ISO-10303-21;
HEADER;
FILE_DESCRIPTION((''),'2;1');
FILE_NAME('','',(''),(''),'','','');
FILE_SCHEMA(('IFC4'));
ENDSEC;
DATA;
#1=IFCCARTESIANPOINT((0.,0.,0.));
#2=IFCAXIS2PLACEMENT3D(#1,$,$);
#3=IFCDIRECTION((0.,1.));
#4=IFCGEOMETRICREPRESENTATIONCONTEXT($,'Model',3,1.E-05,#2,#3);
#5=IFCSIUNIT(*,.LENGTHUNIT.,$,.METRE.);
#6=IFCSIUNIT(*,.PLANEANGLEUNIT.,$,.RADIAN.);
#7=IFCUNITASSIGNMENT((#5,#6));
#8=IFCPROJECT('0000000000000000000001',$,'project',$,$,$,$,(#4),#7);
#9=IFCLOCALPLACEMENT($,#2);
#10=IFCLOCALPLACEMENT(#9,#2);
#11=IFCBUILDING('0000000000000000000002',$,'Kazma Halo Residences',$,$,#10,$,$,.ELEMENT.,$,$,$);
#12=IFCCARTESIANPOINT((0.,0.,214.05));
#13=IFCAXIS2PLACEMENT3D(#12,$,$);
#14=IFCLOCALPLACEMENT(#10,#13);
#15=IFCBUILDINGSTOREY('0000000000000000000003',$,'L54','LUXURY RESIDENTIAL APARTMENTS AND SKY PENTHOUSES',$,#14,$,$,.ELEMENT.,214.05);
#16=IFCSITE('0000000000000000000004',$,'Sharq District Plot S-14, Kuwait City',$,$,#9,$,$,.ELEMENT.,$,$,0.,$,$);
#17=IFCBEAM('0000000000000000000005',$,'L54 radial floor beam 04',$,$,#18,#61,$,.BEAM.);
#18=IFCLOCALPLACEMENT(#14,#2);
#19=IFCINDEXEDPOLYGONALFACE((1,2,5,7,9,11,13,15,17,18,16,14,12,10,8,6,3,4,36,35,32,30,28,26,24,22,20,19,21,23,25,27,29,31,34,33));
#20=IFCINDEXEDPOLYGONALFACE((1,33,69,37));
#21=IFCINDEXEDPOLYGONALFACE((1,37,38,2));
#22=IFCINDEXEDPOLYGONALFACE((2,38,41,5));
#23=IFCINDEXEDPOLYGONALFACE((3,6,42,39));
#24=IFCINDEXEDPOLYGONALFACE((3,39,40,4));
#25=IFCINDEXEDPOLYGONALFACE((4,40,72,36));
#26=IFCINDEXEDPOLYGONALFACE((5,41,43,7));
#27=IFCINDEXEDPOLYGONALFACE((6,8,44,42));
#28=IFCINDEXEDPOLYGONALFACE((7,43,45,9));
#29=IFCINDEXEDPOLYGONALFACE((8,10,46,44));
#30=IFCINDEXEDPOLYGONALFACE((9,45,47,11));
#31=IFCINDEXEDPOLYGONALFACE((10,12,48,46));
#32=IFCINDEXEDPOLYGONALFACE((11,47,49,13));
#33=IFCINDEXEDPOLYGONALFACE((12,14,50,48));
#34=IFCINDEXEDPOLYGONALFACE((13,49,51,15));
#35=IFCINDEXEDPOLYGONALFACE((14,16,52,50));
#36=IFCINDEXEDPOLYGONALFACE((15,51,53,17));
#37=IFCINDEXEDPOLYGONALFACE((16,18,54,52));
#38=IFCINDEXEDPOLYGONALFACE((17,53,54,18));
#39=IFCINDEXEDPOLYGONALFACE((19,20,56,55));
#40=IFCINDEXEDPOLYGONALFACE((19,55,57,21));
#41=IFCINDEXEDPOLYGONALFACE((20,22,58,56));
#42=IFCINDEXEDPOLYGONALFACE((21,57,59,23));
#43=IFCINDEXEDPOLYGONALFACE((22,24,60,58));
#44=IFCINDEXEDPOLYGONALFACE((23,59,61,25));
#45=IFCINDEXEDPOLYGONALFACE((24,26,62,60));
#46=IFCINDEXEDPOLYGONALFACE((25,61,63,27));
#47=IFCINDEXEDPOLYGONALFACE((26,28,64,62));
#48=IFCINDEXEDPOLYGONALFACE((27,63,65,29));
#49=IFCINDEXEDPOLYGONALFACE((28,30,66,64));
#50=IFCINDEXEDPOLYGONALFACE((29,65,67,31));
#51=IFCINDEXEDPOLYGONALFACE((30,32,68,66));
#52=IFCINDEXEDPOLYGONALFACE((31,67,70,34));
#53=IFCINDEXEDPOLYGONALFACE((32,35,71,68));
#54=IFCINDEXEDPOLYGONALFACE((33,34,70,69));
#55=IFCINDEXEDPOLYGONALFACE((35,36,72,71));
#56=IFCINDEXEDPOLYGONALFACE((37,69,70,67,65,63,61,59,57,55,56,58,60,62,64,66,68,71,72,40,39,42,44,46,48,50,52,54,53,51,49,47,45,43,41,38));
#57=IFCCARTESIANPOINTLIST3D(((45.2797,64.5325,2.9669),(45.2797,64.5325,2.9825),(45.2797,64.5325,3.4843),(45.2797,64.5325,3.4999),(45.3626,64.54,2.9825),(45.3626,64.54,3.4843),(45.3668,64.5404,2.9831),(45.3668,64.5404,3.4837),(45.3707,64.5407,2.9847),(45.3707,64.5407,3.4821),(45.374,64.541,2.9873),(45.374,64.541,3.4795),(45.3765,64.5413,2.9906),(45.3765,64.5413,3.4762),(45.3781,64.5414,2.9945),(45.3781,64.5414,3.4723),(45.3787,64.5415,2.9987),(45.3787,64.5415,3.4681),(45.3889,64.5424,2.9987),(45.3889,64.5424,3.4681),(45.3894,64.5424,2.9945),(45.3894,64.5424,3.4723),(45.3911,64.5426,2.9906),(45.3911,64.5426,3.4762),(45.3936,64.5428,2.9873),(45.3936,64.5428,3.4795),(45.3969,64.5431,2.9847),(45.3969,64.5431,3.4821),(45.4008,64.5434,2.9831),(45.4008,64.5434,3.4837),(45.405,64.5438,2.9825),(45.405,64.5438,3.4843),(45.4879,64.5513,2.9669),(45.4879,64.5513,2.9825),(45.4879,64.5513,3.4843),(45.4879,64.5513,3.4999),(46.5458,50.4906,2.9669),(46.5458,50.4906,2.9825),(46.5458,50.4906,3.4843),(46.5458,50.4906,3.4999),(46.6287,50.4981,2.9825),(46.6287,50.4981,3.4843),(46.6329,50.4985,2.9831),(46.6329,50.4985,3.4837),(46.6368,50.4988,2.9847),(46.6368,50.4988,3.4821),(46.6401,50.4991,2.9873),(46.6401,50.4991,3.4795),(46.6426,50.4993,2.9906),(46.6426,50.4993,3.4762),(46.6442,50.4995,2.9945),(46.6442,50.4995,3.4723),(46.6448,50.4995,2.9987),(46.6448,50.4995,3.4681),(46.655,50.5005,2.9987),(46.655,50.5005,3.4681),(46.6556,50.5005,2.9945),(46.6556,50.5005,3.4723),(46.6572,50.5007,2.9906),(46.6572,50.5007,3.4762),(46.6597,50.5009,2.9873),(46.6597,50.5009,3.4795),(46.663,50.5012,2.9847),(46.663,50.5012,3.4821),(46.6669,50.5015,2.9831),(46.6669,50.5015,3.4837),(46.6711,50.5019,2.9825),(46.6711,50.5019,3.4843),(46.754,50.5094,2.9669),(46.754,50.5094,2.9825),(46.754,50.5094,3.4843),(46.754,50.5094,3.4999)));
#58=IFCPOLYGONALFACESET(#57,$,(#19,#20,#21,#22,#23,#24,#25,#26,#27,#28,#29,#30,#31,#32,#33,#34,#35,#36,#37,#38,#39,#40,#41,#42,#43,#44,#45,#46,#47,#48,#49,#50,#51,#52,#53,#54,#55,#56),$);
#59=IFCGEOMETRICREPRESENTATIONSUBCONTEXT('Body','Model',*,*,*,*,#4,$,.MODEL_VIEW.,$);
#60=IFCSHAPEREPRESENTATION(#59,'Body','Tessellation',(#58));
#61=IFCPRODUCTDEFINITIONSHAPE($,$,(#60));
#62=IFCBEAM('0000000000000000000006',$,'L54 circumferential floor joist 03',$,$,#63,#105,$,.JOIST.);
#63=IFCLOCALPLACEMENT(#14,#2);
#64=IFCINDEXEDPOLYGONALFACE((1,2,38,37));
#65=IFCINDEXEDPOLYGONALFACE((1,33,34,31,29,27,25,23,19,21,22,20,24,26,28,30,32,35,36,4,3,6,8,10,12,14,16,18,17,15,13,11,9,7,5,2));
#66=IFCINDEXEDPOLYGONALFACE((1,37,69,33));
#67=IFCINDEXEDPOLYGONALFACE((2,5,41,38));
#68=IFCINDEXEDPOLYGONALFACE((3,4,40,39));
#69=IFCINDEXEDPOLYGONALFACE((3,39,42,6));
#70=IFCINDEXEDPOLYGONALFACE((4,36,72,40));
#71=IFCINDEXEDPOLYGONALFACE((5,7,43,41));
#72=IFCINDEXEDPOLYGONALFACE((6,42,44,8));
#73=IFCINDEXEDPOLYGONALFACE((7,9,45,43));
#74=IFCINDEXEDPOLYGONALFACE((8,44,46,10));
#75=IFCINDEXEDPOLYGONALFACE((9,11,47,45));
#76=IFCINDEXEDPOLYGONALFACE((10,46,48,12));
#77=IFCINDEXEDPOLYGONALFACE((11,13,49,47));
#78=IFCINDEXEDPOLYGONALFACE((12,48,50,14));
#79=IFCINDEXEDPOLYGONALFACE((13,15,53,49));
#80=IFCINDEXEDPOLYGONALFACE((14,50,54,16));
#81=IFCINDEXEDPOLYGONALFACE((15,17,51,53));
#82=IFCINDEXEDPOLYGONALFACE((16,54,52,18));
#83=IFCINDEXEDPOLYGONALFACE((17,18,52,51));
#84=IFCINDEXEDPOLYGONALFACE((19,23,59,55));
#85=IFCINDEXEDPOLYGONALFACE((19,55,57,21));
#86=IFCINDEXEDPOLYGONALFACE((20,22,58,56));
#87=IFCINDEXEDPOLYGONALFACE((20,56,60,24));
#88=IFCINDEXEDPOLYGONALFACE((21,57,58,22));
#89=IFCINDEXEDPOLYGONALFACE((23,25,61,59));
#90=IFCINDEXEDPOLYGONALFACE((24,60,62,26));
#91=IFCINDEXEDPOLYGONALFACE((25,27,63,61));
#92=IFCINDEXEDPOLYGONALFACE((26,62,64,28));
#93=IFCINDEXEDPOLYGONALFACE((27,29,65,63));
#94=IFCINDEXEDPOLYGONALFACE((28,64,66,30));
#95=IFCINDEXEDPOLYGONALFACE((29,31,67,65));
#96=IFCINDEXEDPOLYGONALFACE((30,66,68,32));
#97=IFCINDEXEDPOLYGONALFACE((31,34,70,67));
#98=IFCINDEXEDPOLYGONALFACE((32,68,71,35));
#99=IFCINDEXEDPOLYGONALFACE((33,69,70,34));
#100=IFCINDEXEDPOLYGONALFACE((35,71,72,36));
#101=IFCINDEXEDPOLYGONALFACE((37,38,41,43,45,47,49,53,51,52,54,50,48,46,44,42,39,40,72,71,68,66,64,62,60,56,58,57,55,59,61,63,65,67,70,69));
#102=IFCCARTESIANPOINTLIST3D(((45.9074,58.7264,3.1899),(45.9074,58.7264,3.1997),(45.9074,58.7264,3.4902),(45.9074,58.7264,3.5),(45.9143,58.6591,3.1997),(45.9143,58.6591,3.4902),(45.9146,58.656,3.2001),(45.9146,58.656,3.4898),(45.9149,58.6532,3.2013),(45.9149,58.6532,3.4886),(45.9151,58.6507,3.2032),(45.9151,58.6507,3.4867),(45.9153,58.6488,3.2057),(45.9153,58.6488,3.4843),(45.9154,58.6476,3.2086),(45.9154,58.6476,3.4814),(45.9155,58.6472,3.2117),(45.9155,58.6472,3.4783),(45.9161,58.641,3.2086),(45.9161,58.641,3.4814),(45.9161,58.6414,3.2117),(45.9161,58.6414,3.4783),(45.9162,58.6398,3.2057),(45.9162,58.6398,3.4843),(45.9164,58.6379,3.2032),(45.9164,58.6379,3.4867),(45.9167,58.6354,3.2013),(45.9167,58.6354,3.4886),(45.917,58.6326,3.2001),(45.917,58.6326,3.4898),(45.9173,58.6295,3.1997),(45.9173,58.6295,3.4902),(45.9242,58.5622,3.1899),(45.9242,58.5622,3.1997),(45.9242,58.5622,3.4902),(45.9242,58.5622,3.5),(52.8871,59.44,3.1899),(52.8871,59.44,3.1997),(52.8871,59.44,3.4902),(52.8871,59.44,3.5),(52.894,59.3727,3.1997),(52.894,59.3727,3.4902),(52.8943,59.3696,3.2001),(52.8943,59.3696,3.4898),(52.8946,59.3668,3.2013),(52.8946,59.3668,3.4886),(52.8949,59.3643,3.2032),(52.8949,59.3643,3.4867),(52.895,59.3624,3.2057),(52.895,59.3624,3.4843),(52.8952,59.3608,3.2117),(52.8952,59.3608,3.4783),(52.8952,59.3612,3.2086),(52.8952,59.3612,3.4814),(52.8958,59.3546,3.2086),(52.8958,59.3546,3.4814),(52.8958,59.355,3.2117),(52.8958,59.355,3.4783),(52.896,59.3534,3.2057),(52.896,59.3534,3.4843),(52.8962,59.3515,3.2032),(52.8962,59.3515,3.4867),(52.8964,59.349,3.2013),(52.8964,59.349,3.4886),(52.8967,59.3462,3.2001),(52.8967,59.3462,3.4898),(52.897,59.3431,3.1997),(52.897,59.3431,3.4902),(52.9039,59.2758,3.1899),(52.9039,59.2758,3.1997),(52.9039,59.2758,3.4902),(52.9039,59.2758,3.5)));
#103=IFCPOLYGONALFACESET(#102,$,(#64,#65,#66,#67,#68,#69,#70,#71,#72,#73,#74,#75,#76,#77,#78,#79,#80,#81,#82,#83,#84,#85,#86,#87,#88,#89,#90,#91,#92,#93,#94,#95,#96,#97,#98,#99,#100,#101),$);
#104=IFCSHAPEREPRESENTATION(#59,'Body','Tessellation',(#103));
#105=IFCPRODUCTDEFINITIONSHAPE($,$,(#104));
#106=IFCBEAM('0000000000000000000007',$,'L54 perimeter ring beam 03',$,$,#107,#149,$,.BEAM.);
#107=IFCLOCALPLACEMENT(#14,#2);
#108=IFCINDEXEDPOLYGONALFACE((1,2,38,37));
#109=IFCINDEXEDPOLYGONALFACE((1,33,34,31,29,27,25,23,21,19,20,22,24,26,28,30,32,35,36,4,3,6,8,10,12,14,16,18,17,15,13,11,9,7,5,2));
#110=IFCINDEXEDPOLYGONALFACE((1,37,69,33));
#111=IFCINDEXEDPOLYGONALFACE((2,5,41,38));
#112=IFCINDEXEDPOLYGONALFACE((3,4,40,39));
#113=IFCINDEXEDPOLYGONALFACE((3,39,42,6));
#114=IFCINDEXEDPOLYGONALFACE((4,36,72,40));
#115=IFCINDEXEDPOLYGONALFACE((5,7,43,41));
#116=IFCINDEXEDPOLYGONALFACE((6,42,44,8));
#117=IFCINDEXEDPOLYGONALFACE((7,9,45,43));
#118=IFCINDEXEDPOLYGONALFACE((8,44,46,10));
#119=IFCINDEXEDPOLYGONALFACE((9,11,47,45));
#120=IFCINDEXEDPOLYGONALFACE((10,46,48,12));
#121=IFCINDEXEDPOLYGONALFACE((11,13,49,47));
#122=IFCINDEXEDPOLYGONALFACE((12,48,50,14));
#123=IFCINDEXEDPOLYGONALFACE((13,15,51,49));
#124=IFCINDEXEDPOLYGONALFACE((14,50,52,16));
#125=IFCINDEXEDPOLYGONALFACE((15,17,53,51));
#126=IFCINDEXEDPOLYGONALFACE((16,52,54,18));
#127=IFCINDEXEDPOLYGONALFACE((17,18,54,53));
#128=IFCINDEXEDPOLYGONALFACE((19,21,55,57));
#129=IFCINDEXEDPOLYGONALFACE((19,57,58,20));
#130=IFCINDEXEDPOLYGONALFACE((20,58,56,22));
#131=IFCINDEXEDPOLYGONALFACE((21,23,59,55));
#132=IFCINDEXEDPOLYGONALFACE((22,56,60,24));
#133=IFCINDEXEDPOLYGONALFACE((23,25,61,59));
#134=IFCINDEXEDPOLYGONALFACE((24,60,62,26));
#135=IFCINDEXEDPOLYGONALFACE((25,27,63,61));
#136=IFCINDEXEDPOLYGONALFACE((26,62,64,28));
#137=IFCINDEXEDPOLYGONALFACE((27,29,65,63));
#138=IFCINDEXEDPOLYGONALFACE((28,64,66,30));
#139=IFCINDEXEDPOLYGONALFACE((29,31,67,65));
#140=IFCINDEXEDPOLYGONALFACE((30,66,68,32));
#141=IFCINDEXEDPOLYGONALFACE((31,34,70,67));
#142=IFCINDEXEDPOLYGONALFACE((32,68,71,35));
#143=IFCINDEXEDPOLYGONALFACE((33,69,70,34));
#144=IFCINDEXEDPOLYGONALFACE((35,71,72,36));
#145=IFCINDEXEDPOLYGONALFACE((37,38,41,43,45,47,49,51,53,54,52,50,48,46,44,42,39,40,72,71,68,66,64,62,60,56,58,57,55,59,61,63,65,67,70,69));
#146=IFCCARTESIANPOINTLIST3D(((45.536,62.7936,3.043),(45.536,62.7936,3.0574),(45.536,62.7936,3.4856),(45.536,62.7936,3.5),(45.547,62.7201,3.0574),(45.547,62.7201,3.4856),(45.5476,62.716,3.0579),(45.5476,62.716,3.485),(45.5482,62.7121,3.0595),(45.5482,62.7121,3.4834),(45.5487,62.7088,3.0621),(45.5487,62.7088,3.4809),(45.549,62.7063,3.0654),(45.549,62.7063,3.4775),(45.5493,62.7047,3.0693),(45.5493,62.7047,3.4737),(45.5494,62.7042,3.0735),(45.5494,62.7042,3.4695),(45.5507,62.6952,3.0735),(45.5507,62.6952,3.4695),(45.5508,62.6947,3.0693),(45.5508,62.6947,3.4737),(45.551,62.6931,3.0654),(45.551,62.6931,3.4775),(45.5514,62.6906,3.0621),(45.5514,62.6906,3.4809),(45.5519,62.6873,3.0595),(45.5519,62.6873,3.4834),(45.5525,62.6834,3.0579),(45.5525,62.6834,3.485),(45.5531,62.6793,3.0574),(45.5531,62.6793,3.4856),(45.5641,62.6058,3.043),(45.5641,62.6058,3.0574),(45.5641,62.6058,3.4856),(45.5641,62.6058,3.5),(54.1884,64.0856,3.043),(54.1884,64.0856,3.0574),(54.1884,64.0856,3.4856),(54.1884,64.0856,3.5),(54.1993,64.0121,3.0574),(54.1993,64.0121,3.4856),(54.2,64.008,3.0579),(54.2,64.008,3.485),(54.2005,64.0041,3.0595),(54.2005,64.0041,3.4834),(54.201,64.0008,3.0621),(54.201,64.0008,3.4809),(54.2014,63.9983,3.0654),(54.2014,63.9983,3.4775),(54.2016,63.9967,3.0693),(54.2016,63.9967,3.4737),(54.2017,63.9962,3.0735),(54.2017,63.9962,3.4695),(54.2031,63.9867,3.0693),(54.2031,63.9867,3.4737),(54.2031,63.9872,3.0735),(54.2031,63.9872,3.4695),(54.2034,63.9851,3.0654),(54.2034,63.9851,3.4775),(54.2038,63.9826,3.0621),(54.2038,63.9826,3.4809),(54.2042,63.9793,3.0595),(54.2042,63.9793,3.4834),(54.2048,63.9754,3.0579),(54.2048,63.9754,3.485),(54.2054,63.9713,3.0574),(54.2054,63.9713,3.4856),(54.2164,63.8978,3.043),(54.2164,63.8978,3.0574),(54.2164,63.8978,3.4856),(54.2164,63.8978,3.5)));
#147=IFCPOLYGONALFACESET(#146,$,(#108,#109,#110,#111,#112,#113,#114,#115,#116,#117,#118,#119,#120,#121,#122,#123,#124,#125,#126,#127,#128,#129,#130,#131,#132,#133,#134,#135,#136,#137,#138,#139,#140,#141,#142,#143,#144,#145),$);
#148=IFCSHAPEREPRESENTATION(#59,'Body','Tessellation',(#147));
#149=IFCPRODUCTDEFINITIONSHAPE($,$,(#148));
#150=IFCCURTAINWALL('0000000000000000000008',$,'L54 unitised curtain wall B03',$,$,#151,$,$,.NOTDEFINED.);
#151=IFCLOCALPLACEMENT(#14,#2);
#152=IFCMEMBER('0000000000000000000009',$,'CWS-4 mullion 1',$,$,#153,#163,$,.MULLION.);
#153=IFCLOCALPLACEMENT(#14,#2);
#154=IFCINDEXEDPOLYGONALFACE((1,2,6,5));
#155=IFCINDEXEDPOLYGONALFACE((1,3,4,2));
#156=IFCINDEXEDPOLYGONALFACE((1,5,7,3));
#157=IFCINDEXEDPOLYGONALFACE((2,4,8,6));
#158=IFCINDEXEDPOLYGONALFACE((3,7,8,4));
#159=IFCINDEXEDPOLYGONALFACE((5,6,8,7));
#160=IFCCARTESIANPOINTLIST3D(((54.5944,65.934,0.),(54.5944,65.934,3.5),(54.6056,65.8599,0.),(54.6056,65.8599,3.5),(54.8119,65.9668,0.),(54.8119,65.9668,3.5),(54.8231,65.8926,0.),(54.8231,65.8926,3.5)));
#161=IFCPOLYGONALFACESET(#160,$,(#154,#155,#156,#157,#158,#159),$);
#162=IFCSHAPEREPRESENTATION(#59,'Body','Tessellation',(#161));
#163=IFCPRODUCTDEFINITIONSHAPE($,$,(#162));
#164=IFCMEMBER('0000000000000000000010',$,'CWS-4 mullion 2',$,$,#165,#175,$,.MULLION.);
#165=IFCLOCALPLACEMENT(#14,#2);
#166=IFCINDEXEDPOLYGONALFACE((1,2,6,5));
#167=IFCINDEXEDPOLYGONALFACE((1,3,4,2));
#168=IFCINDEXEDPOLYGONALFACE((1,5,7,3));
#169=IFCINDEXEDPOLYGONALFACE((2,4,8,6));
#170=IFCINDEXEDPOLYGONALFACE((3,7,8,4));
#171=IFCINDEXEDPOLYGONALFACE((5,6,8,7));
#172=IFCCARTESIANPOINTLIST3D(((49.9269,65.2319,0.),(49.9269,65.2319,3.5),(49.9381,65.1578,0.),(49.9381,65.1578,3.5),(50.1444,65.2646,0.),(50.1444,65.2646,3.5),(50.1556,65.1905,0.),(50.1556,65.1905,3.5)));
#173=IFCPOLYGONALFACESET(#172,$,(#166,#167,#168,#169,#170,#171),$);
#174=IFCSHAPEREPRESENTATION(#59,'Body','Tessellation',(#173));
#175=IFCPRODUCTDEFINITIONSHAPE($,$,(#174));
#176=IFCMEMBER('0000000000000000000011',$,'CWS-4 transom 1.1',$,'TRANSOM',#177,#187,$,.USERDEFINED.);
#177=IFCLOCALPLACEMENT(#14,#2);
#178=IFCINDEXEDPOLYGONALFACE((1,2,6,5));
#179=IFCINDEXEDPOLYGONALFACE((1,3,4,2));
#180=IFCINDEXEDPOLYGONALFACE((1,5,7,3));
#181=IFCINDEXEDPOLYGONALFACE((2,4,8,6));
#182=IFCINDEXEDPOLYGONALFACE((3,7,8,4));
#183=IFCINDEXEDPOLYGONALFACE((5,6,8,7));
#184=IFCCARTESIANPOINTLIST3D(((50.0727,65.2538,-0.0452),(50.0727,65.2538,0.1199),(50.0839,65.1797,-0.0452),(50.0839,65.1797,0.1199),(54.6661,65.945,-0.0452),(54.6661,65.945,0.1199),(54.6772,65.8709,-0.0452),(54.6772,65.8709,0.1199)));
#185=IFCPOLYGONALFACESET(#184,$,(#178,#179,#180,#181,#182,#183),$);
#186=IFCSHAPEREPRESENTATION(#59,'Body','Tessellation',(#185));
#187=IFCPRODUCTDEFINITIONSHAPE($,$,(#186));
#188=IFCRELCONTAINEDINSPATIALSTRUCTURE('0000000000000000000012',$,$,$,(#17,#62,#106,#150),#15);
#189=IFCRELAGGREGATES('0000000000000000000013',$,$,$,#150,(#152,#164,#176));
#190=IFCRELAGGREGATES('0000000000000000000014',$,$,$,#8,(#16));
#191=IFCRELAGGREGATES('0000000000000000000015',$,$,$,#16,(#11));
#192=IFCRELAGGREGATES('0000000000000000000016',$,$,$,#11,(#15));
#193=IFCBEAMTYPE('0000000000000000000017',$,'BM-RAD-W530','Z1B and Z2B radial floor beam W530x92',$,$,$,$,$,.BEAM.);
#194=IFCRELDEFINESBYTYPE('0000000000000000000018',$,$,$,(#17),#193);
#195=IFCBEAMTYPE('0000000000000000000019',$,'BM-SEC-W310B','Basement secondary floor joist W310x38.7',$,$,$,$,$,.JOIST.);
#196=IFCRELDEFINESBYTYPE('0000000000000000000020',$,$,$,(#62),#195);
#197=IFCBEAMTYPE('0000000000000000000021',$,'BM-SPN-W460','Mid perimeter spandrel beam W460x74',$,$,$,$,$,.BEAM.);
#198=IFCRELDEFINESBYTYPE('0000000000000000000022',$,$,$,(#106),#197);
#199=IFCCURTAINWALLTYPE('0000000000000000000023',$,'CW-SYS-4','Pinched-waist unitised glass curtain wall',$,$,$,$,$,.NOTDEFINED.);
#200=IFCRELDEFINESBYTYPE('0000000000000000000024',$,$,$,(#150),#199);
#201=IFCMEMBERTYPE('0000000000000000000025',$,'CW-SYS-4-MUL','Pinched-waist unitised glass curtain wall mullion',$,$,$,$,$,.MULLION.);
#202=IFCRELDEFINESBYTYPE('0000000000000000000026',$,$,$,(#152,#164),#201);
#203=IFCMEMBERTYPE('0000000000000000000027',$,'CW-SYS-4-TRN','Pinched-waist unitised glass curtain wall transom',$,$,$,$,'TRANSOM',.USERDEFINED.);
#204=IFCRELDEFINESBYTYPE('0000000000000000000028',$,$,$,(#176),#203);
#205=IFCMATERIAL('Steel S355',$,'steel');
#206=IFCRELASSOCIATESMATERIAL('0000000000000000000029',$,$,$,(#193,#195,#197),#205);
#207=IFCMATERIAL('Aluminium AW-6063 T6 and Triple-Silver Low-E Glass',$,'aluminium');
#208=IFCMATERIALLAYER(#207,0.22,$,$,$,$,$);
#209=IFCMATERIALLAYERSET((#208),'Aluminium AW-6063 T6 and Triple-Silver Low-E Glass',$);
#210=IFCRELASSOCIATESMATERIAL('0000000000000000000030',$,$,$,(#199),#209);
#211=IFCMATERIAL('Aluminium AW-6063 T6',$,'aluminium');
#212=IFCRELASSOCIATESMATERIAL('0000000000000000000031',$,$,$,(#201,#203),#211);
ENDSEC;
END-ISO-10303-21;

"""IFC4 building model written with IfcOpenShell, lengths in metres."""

from ifc_helpers import new_model, si_unit, direction, frame, origin, origin_2d, place, context, subcontext, project, spatial, rectangle, i_section, extrude, material, layer, layer_set, material_profile, profile_set, type_object, element, aggregate, save


model = new_model("IFC4")

# Units and contexts
model_context = context("Model", 3, precision=1e-05, world=origin(), true_north=direction((0.0, 1.0)))
body_context = subcontext(model_context, "Body", "Model", "MODEL_VIEW")
ifc_project = project(units=[si_unit("LENGTHUNIT", "METRE"), si_unit("PLANEANGLEUNIT", "RADIAN")], contexts=[model_context])

# Site, building, storey
site_placement = place(None, origin())
site = spatial("IfcSite", under=ifc_project, at=site_placement, Name="Sharq District Plot S-14, Kuwait City", CompositionType="ELEMENT", RefElevation=0.0)
building_placement = place(site_placement, origin())
building = spatial("IfcBuilding", under=site, at=building_placement, Name="Kazma Halo Residences", CompositionType="ELEMENT")
storey_placement = place(building_placement, frame((0.0, 0.0, 214.05)))
storey = spatial("IfcBuildingStorey", under=building, at=storey_placement, Name="L54", Description="LUXURY RESIDENTIAL APARTMENTS AND SKY PENTHOUSES", CompositionType="ELEMENT", Elevation=214.05)

# Beams
ifc_material_1 = material(Name="Steel S355", Category="steel")
ifc_material_profile_1 = material_profile(ifc_material_1, i_section(OverallWidth=0.209, OverallDepth=0.533, WebThickness=0.0103, FlangeThickness=0.0156, FilletRadius=0.0161, at=origin_2d()), Name="W530x92")
ifc_profile_set_1 = profile_set([ifc_material_profile_1], Name="Steel S355")
beam_type_1 = type_object("IfcBeamType", Name="BM-RAD-W530", Description="Z1B and Z2B radial floor beam W530x92", PredefinedType="BEAM", material=ifc_profile_set_1)
beam_1_placement = place(storey_placement, frame((46.6499, 50.5, 3.2334), z_axis=(-0.089802, 0.99596, 0.0), x_axis=(-0.99596, -0.089802, 0.0)))
element("IfcBeam", 1, at=beam_1_placement, inside=storey, type_object=beam_type_1, Name="L54 radial floor beam 04", PredefinedType="BEAM", context=body_context, shape_type="SweptSolid", body=[
    extrude(i_section(OverallWidth=0.209, OverallDepth=0.533, WebThickness=0.0103, FlangeThickness=0.0156, FilletRadius=0.0161, at=origin_2d()), origin(), (0.0, 0.0, 1.0), 14.0989),
])
ifc_material_profile_2 = material_profile(ifc_material_1, i_section(OverallWidth=0.165, OverallDepth=0.3101, WebThickness=0.0059, FlangeThickness=0.0098, FilletRadius=0.012, at=origin_2d()), Name="W310x38.7")
ifc_profile_set_2 = profile_set([ifc_material_profile_2], Name="Steel S355")
beam_type_2 = type_object("IfcBeamType", Name="BM-SEC-W310B", Description="Basement secondary floor joist W310x38.7", PredefinedType="JOIST", material=ifc_profile_set_2)
beam_2_placement = place(storey_placement, frame((52.8955, 59.3579, 3.345), z_axis=(-0.994814, -0.101712, 0.0), x_axis=(0.101712, -0.994814, 0.0)))
element("IfcBeam", 2, at=beam_2_placement, inside=storey, type_object=beam_type_2, Name="L54 circumferential floor joist 03", PredefinedType="JOIST", context=body_context, shape_type="SweptSolid", body=[
    extrude(i_section(OverallWidth=0.165, OverallDepth=0.3101, WebThickness=0.0059, FlangeThickness=0.0098, FilletRadius=0.012, at=origin_2d()), origin(), (0.0, 0.0, 1.0), 7.0161),
])
ifc_material_profile_3 = material_profile(ifc_material_1, i_section(OverallWidth=0.1899, OverallDepth=0.457, WebThickness=0.009, FlangeThickness=0.0144, FilletRadius=0.0161, at=origin_2d()), Name="W460x74")
ifc_profile_set_3 = profile_set([ifc_material_profile_3], Name="Steel S355")
beam_type_3 = type_object("IfcBeamType", Name="BM-SPN-W460", Description="Mid perimeter spandrel beam W460x74", PredefinedType="BEAM", material=ifc_profile_set_3)
beam_3_placement = place(storey_placement, frame((54.2024, 63.9917, 3.2715), z_axis=(-0.989034, -0.147685, 0.0), x_axis=(0.147685, -0.989034, 0.0)))
element("IfcBeam", 3, at=beam_3_placement, inside=storey, type_object=beam_type_3, Name="L54 perimeter ring beam 03", PredefinedType="BEAM", context=body_context, shape_type="SweptSolid", body=[
    extrude(i_section(OverallWidth=0.1899, OverallDepth=0.457, WebThickness=0.009, FlangeThickness=0.0144, FilletRadius=0.0161, at=origin_2d()), origin(), (0.0, 0.0, 1.0), 8.7483),
])

# Curtain wall, members
ifc_material_2 = material(Name="Aluminium AW-6063 T6 and Triple-Silver Low-E Glass", Category="aluminium")
ifc_layer_1 = layer(ifc_material_2, 0.22)
ifc_layer_set_1 = layer_set([ifc_layer_1], Name="Aluminium AW-6063 T6 and Triple-Silver Low-E Glass")
curtain_wall_type = type_object("IfcCurtainWallType", Name="CW-SYS-4", Description="Pinched-waist unitised glass curtain wall", PredefinedType="NOTDEFINED", material=ifc_layer_set_1)
curtain_wall_placement = place(storey_placement, origin())
curtain_wall = element("IfcCurtainWall", 4, at=curtain_wall_placement, inside=storey, type_object=curtain_wall_type, Name="L54 unitised curtain wall B03", PredefinedType="NOTDEFINED")
ifc_material_3 = material(Name="Aluminium AW-6063 T6", Category="aluminium")
ifc_material_profile_4 = material_profile(ifc_material_3, rectangle(XDim=0.075, YDim=0.22, at=origin_2d()), Name="CWM-75x220")
ifc_profile_set_4 = profile_set([ifc_material_profile_4], Name="Aluminium AW-6063 T6")
member_type_1 = type_object("IfcMemberType", Name="CW-SYS-4-MUL", Description="Pinched-waist unitised glass curtain wall mullion", PredefinedType="MULLION", material=ifc_profile_set_4)
member_1_placement = place(storey_placement, frame((54.7087, 65.9133, 0.0), z_axis=(0.0, 0.0, 1.0), x_axis=(0.148773, -0.988871, 0.0)))
member_1 = element("IfcMember", 5, at=member_1_placement, type_object=member_type_1, Name="CWS-4 mullion 1", PredefinedType="MULLION", context=body_context, shape_type="SweptSolid", body=[
    extrude(rectangle(XDim=0.075, YDim=0.22, at=origin_2d()), origin(), (0.0, 0.0, 1.0), 3.5),
])
member_2_placement = place(storey_placement, frame((50.0413, 65.2112, 0.0), z_axis=(0.0, 0.0, 1.0), x_axis=(0.148773, -0.988871, 0.0)))
member_2 = element("IfcMember", 6, at=member_2_placement, type_object=member_type_1, Name="CWS-4 mullion 2", PredefinedType="MULLION", context=body_context, shape_type="SweptSolid", body=[
    extrude(rectangle(XDim=0.075, YDim=0.22, at=origin_2d()), origin(), (0.0, 0.0, 1.0), 3.5),
])
ifc_material_profile_5 = material_profile(ifc_material_3, rectangle(XDim=0.075, YDim=0.165, at=origin_2d()), Name="CWT-75x165")
ifc_profile_set_5 = profile_set([ifc_material_profile_5], Name="Aluminium AW-6063 T6")
member_type_2 = type_object("IfcMemberType", Name="CW-SYS-4-TRN", Description="Pinched-waist unitised glass curtain wall transom", ElementType="TRANSOM", PredefinedType="USERDEFINED", material=ifc_profile_set_5)
member_3_placement = place(storey_placement, frame((54.6716, 65.908, 0.0374), z_axis=(-0.988868, -0.148798, 0.0), x_axis=(0.148798, -0.988868, 0.0)))
member_3 = element("IfcMember", 7, at=member_3_placement, type_object=member_type_2, Name="CWS-4 transom 1.1", ObjectType="TRANSOM", PredefinedType="USERDEFINED", context=body_context, shape_type="SweptSolid", body=[
    extrude(rectangle(XDim=0.075, YDim=0.165, at=origin_2d()), origin(), (0.0, 0.0, 1.0), 4.645),
])
aggregate(curtain_wall, [member_1, member_2, member_3])

save(model, "model.ifc")
